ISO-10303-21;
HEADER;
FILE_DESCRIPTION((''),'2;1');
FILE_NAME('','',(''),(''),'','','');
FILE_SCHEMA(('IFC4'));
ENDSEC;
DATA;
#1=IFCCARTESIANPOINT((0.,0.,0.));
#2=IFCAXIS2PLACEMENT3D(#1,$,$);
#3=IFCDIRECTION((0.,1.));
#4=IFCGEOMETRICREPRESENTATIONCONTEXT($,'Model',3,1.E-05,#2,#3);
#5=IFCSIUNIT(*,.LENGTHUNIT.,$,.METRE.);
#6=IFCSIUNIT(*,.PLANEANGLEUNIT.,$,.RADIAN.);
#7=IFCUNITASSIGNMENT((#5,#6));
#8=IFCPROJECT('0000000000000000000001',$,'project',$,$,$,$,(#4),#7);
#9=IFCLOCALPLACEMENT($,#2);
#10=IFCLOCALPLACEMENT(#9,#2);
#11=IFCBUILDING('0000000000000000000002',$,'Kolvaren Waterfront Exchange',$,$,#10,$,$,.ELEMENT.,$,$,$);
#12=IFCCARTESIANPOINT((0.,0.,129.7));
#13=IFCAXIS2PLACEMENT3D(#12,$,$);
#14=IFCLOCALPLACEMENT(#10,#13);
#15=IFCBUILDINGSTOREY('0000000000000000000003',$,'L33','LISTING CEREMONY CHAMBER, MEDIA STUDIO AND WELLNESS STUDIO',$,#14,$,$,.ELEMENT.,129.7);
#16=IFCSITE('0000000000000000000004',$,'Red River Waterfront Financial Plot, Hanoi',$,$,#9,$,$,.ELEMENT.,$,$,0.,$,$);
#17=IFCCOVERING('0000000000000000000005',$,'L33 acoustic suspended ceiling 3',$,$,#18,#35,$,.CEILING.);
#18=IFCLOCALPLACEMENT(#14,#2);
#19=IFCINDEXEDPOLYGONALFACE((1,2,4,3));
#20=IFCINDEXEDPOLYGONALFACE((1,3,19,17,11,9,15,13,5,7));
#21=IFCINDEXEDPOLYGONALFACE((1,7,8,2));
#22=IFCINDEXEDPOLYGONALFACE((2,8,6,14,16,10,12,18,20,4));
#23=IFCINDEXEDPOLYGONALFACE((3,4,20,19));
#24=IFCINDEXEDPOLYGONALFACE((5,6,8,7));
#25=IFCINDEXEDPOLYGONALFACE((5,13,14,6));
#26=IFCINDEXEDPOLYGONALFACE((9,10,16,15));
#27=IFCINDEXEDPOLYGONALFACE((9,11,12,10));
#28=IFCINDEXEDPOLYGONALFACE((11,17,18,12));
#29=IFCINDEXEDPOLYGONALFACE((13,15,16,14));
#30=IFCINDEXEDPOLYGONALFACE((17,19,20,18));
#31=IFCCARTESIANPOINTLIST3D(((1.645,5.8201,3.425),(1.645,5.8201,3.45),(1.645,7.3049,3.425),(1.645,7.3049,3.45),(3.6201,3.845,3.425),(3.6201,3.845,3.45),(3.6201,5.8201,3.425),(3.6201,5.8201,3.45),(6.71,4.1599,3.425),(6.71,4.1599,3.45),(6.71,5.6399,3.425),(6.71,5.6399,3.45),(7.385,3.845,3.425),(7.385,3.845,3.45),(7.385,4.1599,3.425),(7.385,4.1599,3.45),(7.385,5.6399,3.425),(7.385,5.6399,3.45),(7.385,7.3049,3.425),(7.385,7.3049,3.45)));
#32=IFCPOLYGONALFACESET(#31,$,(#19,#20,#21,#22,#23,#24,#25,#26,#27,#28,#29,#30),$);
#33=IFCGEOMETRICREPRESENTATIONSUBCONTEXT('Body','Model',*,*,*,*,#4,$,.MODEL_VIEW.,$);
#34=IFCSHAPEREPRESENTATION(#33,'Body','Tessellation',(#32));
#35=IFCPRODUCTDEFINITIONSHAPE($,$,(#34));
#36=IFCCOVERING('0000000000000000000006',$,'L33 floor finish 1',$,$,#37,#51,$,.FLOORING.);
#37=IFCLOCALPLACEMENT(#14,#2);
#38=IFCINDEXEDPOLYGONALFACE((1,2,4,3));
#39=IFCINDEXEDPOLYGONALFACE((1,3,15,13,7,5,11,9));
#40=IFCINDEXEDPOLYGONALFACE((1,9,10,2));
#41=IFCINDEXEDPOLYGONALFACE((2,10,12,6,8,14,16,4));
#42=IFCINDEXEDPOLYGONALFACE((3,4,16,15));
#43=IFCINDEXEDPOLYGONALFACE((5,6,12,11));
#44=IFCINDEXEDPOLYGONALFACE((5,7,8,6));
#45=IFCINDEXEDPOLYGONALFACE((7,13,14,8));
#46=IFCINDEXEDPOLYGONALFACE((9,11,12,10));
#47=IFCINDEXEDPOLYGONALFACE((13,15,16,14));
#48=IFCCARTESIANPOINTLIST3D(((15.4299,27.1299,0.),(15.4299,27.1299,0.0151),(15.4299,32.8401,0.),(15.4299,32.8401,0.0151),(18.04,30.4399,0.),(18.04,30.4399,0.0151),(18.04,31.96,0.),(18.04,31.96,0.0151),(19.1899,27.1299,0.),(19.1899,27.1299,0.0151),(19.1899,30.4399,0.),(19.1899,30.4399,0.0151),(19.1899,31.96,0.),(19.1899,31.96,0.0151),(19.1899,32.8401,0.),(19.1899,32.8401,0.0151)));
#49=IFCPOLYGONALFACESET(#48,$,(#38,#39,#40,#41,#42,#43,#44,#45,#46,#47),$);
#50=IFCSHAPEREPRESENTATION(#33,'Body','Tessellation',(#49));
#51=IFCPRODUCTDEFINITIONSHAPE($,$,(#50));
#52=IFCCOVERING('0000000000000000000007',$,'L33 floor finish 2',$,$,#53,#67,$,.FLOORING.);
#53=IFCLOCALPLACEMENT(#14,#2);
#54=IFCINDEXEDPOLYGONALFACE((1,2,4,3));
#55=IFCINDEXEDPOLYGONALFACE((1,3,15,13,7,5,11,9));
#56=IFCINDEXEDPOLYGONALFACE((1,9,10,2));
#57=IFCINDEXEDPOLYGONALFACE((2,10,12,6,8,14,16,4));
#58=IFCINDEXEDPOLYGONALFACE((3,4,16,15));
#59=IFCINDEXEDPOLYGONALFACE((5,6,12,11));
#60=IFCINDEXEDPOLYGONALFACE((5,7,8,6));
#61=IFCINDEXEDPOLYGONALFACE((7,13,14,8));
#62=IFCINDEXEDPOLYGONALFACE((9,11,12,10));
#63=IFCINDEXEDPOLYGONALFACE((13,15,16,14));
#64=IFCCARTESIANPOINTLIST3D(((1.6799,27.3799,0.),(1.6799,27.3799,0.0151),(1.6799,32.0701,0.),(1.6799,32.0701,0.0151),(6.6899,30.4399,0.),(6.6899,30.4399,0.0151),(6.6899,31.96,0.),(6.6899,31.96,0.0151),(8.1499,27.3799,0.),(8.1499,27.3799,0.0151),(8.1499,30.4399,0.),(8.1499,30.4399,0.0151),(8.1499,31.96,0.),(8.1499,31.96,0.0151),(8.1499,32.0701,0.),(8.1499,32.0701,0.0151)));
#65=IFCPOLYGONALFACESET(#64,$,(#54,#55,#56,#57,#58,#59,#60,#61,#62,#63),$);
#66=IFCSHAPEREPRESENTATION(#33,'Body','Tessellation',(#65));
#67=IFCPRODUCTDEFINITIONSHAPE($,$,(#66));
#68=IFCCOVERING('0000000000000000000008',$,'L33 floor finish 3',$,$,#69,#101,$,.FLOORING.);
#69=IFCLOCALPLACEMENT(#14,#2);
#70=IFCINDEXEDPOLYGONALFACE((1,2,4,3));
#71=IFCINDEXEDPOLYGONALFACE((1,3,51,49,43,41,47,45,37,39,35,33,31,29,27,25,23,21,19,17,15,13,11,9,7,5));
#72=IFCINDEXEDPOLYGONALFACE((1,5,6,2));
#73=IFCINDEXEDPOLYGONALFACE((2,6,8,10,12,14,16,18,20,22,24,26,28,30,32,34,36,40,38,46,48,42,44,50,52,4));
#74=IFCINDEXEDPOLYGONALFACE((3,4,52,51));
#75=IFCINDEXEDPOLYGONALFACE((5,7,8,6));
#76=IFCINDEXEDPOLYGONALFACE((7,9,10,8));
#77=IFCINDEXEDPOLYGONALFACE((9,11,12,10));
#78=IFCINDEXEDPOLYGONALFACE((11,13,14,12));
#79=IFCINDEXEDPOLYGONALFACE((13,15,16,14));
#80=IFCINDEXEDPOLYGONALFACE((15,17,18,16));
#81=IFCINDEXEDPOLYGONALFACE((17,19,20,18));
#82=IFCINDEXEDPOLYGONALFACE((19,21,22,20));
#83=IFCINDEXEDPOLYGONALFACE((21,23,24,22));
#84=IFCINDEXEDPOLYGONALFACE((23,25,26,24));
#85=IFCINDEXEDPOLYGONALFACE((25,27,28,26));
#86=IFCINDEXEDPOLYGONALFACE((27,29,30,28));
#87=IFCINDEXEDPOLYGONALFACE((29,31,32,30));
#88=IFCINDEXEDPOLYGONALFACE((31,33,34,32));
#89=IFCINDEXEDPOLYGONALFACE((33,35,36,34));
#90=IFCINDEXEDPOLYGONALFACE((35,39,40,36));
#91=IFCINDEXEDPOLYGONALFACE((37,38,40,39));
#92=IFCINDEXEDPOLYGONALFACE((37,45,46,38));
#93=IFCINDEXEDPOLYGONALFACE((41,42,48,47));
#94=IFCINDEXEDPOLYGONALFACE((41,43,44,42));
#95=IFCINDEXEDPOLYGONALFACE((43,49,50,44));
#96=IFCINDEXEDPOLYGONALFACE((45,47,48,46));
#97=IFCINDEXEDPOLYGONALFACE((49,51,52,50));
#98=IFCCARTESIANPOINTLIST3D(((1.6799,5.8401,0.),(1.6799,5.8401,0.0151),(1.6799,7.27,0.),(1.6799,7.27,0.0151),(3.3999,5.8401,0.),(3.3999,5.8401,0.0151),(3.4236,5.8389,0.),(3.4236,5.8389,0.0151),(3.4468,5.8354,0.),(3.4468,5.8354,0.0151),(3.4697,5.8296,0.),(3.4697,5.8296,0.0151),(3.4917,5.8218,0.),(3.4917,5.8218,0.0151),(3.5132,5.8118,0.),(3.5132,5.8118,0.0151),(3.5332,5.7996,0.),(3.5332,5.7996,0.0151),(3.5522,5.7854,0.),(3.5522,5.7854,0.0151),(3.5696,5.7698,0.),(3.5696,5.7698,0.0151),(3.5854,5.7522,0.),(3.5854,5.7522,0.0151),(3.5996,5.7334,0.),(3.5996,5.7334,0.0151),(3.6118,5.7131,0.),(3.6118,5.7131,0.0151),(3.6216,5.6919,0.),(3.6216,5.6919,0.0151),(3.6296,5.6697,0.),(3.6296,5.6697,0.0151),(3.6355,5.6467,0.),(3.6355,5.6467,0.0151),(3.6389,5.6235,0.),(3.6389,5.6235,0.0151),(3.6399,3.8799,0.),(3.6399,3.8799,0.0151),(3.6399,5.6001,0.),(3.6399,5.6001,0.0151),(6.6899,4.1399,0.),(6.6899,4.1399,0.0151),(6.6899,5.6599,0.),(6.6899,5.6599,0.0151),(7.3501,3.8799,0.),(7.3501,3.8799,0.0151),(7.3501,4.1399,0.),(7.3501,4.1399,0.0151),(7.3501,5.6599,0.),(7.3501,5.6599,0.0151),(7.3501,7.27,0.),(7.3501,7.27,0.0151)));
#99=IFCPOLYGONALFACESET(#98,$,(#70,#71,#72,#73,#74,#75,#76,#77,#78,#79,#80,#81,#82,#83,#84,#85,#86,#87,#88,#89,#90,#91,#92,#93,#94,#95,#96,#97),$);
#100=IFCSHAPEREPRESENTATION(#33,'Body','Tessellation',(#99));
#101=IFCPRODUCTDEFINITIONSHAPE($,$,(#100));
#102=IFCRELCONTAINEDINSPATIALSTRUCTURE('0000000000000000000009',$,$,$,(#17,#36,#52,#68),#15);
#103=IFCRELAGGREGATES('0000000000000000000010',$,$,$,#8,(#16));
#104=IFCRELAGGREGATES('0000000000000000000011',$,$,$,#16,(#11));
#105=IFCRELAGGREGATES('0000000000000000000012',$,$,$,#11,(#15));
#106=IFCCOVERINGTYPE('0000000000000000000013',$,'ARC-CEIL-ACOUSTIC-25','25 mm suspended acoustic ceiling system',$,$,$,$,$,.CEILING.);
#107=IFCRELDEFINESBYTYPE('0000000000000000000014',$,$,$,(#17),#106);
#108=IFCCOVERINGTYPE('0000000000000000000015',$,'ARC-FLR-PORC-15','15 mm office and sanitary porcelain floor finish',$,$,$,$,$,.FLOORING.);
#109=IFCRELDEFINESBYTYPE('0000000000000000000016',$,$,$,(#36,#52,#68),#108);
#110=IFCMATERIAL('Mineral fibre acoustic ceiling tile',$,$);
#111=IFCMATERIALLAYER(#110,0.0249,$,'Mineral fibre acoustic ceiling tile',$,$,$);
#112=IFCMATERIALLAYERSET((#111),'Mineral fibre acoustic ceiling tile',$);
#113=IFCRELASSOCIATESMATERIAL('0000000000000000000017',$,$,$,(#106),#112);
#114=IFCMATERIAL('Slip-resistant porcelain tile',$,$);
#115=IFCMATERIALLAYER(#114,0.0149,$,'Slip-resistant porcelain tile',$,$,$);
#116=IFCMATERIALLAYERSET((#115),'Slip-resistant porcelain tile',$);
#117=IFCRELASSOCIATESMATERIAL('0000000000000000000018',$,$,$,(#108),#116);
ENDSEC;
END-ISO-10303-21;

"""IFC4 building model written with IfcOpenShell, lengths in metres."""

from ifc_helpers import new_model, si_unit, direction, frame, origin, place, context, subcontext, project, spatial, polyline, outline, extrude, material, layer, layer_set, type_object, element, save


model = new_model("IFC4")

# Units and contexts
model_context = context("Model", 3, precision=1e-05, world=origin(), true_north=direction((0.0, 1.0)))
body_context = subcontext(model_context, "Body", "Model", "MODEL_VIEW")
ifc_project = project(units=[si_unit("LENGTHUNIT", "METRE"), si_unit("PLANEANGLEUNIT", "RADIAN")], contexts=[model_context])

# Site, building, storey
site_placement = place(None, origin())
site = spatial("IfcSite", under=ifc_project, at=site_placement, Name="Red River Waterfront Financial Plot, Hanoi", CompositionType="ELEMENT", RefElevation=0.0)
building_placement = place(site_placement, origin())
building = spatial("IfcBuilding", under=site, at=building_placement, Name="Kolvaren Waterfront Exchange", CompositionType="ELEMENT")
storey_placement = place(building_placement, frame((0.0, 0.0, 129.7)))
storey = spatial("IfcBuildingStorey", under=building, at=storey_placement, Name="L33", Description="LISTING CEREMONY CHAMBER, MEDIA STUDIO AND WELLNESS STUDIO", CompositionType="ELEMENT", Elevation=129.7)

# Coverings
ifc_material_1 = material(Name="Mineral fibre acoustic ceiling tile")
ifc_layer_1 = layer(ifc_material_1, 0.0249, Name="Mineral fibre acoustic ceiling tile")
ifc_layer_set_1 = layer_set([ifc_layer_1], Name="Mineral fibre acoustic ceiling tile")
covering_type_1 = type_object("IfcCoveringType", Name="ARC-CEIL-ACOUSTIC-25", Description="25 mm suspended acoustic ceiling system", PredefinedType="CEILING", material=ifc_layer_set_1)
covering_1_placement = place(storey_placement, frame((0.0, 0.0, 3.425)))
element("IfcCovering", 1, at=covering_1_placement, inside=storey, type_object=covering_type_1, Name="L33 acoustic suspended ceiling 3", PredefinedType="CEILING", context=body_context, shape_type="SweptSolid", body=[
    extrude(outline(polyline([(7.385, 4.1599), (6.71, 4.1599), (6.71, 5.6399), (7.385, 5.6399), (7.385, 7.3049), (1.645, 7.3049), (1.645, 5.8201), (3.6201, 5.8201), (3.6201, 3.845), (7.385, 3.845), (7.385, 4.1599)])), origin(), (0.0, 0.0, 1.0), 0.0249),
])
ifc_material_2 = material(Name="Slip-resistant porcelain tile")
ifc_layer_2 = layer(ifc_material_2, 0.0149, Name="Slip-resistant porcelain tile")
ifc_layer_set_2 = layer_set([ifc_layer_2], Name="Slip-resistant porcelain tile")
covering_type_2 = type_object("IfcCoveringType", Name="ARC-FLR-PORC-15", Description="15 mm office and sanitary porcelain floor finish", PredefinedType="FLOORING", material=ifc_layer_set_2)
covering_2_placement = place(storey_placement, origin())
element("IfcCovering", 2, at=covering_2_placement, inside=storey, type_object=covering_type_2, Name="L33 floor finish 1", PredefinedType="FLOORING", context=body_context, shape_type="SweptSolid", body=[
    extrude(outline(polyline([(15.4299, 32.8401), (15.4299, 27.1299), (19.1899, 27.1299), (19.1899, 30.4399), (18.04, 30.4399), (18.04, 31.96), (19.1899, 31.96), (19.1899, 32.8401), (15.4299, 32.8401)])), origin(), (0.0, 0.0, 1.0), 0.0151),
])
covering_3_placement = place(storey_placement, origin())
element("IfcCovering", 3, at=covering_3_placement, inside=storey, type_object=covering_type_2, Name="L33 floor finish 2", PredefinedType="FLOORING", context=body_context, shape_type="SweptSolid", body=[
    extrude(outline(polyline([(1.6799, 32.0701), (1.6799, 27.3799), (8.1499, 27.3799), (8.1499, 30.4399), (6.6899, 30.4399), (6.6899, 31.96), (8.1499, 31.96), (8.1499, 32.0701), (1.6799, 32.0701)])), origin(), (0.0, 0.0, 1.0), 0.0151),
])
covering_4_placement = place(storey_placement, origin())
element("IfcCovering", 4, at=covering_4_placement, inside=storey, type_object=covering_type_2, Name="L33 floor finish 3", PredefinedType="FLOORING", context=body_context, shape_type="SweptSolid", body=[
    extrude(outline(polyline([(7.3501, 7.27), (1.6799, 7.27), (1.6799, 5.8401), (3.3999, 5.8401), (3.4236, 5.8389), (3.4468, 5.8354), (3.4697, 5.8296), (3.4917, 5.8218), (3.5132, 5.8118), (3.5332, 5.7996), (3.5522, 5.7854), (3.5696, 5.7698), (3.5854, 5.7522), (3.5996, 5.7334), (3.6118, 5.7131), (3.6216, 5.6919), (3.6296, 5.6697), (3.6355, 5.6467), (3.6389, 5.6235), (3.6399, 5.6001), (3.6399, 3.8799), (7.3501, 3.8799), (7.3501, 4.1399), (6.6899, 4.1399), (6.6899, 5.6599), (7.3501, 5.6599), (7.3501, 7.27)])), origin(), (0.0, 0.0, 1.0), 0.0151),
])

save(model, "model.ifc")
